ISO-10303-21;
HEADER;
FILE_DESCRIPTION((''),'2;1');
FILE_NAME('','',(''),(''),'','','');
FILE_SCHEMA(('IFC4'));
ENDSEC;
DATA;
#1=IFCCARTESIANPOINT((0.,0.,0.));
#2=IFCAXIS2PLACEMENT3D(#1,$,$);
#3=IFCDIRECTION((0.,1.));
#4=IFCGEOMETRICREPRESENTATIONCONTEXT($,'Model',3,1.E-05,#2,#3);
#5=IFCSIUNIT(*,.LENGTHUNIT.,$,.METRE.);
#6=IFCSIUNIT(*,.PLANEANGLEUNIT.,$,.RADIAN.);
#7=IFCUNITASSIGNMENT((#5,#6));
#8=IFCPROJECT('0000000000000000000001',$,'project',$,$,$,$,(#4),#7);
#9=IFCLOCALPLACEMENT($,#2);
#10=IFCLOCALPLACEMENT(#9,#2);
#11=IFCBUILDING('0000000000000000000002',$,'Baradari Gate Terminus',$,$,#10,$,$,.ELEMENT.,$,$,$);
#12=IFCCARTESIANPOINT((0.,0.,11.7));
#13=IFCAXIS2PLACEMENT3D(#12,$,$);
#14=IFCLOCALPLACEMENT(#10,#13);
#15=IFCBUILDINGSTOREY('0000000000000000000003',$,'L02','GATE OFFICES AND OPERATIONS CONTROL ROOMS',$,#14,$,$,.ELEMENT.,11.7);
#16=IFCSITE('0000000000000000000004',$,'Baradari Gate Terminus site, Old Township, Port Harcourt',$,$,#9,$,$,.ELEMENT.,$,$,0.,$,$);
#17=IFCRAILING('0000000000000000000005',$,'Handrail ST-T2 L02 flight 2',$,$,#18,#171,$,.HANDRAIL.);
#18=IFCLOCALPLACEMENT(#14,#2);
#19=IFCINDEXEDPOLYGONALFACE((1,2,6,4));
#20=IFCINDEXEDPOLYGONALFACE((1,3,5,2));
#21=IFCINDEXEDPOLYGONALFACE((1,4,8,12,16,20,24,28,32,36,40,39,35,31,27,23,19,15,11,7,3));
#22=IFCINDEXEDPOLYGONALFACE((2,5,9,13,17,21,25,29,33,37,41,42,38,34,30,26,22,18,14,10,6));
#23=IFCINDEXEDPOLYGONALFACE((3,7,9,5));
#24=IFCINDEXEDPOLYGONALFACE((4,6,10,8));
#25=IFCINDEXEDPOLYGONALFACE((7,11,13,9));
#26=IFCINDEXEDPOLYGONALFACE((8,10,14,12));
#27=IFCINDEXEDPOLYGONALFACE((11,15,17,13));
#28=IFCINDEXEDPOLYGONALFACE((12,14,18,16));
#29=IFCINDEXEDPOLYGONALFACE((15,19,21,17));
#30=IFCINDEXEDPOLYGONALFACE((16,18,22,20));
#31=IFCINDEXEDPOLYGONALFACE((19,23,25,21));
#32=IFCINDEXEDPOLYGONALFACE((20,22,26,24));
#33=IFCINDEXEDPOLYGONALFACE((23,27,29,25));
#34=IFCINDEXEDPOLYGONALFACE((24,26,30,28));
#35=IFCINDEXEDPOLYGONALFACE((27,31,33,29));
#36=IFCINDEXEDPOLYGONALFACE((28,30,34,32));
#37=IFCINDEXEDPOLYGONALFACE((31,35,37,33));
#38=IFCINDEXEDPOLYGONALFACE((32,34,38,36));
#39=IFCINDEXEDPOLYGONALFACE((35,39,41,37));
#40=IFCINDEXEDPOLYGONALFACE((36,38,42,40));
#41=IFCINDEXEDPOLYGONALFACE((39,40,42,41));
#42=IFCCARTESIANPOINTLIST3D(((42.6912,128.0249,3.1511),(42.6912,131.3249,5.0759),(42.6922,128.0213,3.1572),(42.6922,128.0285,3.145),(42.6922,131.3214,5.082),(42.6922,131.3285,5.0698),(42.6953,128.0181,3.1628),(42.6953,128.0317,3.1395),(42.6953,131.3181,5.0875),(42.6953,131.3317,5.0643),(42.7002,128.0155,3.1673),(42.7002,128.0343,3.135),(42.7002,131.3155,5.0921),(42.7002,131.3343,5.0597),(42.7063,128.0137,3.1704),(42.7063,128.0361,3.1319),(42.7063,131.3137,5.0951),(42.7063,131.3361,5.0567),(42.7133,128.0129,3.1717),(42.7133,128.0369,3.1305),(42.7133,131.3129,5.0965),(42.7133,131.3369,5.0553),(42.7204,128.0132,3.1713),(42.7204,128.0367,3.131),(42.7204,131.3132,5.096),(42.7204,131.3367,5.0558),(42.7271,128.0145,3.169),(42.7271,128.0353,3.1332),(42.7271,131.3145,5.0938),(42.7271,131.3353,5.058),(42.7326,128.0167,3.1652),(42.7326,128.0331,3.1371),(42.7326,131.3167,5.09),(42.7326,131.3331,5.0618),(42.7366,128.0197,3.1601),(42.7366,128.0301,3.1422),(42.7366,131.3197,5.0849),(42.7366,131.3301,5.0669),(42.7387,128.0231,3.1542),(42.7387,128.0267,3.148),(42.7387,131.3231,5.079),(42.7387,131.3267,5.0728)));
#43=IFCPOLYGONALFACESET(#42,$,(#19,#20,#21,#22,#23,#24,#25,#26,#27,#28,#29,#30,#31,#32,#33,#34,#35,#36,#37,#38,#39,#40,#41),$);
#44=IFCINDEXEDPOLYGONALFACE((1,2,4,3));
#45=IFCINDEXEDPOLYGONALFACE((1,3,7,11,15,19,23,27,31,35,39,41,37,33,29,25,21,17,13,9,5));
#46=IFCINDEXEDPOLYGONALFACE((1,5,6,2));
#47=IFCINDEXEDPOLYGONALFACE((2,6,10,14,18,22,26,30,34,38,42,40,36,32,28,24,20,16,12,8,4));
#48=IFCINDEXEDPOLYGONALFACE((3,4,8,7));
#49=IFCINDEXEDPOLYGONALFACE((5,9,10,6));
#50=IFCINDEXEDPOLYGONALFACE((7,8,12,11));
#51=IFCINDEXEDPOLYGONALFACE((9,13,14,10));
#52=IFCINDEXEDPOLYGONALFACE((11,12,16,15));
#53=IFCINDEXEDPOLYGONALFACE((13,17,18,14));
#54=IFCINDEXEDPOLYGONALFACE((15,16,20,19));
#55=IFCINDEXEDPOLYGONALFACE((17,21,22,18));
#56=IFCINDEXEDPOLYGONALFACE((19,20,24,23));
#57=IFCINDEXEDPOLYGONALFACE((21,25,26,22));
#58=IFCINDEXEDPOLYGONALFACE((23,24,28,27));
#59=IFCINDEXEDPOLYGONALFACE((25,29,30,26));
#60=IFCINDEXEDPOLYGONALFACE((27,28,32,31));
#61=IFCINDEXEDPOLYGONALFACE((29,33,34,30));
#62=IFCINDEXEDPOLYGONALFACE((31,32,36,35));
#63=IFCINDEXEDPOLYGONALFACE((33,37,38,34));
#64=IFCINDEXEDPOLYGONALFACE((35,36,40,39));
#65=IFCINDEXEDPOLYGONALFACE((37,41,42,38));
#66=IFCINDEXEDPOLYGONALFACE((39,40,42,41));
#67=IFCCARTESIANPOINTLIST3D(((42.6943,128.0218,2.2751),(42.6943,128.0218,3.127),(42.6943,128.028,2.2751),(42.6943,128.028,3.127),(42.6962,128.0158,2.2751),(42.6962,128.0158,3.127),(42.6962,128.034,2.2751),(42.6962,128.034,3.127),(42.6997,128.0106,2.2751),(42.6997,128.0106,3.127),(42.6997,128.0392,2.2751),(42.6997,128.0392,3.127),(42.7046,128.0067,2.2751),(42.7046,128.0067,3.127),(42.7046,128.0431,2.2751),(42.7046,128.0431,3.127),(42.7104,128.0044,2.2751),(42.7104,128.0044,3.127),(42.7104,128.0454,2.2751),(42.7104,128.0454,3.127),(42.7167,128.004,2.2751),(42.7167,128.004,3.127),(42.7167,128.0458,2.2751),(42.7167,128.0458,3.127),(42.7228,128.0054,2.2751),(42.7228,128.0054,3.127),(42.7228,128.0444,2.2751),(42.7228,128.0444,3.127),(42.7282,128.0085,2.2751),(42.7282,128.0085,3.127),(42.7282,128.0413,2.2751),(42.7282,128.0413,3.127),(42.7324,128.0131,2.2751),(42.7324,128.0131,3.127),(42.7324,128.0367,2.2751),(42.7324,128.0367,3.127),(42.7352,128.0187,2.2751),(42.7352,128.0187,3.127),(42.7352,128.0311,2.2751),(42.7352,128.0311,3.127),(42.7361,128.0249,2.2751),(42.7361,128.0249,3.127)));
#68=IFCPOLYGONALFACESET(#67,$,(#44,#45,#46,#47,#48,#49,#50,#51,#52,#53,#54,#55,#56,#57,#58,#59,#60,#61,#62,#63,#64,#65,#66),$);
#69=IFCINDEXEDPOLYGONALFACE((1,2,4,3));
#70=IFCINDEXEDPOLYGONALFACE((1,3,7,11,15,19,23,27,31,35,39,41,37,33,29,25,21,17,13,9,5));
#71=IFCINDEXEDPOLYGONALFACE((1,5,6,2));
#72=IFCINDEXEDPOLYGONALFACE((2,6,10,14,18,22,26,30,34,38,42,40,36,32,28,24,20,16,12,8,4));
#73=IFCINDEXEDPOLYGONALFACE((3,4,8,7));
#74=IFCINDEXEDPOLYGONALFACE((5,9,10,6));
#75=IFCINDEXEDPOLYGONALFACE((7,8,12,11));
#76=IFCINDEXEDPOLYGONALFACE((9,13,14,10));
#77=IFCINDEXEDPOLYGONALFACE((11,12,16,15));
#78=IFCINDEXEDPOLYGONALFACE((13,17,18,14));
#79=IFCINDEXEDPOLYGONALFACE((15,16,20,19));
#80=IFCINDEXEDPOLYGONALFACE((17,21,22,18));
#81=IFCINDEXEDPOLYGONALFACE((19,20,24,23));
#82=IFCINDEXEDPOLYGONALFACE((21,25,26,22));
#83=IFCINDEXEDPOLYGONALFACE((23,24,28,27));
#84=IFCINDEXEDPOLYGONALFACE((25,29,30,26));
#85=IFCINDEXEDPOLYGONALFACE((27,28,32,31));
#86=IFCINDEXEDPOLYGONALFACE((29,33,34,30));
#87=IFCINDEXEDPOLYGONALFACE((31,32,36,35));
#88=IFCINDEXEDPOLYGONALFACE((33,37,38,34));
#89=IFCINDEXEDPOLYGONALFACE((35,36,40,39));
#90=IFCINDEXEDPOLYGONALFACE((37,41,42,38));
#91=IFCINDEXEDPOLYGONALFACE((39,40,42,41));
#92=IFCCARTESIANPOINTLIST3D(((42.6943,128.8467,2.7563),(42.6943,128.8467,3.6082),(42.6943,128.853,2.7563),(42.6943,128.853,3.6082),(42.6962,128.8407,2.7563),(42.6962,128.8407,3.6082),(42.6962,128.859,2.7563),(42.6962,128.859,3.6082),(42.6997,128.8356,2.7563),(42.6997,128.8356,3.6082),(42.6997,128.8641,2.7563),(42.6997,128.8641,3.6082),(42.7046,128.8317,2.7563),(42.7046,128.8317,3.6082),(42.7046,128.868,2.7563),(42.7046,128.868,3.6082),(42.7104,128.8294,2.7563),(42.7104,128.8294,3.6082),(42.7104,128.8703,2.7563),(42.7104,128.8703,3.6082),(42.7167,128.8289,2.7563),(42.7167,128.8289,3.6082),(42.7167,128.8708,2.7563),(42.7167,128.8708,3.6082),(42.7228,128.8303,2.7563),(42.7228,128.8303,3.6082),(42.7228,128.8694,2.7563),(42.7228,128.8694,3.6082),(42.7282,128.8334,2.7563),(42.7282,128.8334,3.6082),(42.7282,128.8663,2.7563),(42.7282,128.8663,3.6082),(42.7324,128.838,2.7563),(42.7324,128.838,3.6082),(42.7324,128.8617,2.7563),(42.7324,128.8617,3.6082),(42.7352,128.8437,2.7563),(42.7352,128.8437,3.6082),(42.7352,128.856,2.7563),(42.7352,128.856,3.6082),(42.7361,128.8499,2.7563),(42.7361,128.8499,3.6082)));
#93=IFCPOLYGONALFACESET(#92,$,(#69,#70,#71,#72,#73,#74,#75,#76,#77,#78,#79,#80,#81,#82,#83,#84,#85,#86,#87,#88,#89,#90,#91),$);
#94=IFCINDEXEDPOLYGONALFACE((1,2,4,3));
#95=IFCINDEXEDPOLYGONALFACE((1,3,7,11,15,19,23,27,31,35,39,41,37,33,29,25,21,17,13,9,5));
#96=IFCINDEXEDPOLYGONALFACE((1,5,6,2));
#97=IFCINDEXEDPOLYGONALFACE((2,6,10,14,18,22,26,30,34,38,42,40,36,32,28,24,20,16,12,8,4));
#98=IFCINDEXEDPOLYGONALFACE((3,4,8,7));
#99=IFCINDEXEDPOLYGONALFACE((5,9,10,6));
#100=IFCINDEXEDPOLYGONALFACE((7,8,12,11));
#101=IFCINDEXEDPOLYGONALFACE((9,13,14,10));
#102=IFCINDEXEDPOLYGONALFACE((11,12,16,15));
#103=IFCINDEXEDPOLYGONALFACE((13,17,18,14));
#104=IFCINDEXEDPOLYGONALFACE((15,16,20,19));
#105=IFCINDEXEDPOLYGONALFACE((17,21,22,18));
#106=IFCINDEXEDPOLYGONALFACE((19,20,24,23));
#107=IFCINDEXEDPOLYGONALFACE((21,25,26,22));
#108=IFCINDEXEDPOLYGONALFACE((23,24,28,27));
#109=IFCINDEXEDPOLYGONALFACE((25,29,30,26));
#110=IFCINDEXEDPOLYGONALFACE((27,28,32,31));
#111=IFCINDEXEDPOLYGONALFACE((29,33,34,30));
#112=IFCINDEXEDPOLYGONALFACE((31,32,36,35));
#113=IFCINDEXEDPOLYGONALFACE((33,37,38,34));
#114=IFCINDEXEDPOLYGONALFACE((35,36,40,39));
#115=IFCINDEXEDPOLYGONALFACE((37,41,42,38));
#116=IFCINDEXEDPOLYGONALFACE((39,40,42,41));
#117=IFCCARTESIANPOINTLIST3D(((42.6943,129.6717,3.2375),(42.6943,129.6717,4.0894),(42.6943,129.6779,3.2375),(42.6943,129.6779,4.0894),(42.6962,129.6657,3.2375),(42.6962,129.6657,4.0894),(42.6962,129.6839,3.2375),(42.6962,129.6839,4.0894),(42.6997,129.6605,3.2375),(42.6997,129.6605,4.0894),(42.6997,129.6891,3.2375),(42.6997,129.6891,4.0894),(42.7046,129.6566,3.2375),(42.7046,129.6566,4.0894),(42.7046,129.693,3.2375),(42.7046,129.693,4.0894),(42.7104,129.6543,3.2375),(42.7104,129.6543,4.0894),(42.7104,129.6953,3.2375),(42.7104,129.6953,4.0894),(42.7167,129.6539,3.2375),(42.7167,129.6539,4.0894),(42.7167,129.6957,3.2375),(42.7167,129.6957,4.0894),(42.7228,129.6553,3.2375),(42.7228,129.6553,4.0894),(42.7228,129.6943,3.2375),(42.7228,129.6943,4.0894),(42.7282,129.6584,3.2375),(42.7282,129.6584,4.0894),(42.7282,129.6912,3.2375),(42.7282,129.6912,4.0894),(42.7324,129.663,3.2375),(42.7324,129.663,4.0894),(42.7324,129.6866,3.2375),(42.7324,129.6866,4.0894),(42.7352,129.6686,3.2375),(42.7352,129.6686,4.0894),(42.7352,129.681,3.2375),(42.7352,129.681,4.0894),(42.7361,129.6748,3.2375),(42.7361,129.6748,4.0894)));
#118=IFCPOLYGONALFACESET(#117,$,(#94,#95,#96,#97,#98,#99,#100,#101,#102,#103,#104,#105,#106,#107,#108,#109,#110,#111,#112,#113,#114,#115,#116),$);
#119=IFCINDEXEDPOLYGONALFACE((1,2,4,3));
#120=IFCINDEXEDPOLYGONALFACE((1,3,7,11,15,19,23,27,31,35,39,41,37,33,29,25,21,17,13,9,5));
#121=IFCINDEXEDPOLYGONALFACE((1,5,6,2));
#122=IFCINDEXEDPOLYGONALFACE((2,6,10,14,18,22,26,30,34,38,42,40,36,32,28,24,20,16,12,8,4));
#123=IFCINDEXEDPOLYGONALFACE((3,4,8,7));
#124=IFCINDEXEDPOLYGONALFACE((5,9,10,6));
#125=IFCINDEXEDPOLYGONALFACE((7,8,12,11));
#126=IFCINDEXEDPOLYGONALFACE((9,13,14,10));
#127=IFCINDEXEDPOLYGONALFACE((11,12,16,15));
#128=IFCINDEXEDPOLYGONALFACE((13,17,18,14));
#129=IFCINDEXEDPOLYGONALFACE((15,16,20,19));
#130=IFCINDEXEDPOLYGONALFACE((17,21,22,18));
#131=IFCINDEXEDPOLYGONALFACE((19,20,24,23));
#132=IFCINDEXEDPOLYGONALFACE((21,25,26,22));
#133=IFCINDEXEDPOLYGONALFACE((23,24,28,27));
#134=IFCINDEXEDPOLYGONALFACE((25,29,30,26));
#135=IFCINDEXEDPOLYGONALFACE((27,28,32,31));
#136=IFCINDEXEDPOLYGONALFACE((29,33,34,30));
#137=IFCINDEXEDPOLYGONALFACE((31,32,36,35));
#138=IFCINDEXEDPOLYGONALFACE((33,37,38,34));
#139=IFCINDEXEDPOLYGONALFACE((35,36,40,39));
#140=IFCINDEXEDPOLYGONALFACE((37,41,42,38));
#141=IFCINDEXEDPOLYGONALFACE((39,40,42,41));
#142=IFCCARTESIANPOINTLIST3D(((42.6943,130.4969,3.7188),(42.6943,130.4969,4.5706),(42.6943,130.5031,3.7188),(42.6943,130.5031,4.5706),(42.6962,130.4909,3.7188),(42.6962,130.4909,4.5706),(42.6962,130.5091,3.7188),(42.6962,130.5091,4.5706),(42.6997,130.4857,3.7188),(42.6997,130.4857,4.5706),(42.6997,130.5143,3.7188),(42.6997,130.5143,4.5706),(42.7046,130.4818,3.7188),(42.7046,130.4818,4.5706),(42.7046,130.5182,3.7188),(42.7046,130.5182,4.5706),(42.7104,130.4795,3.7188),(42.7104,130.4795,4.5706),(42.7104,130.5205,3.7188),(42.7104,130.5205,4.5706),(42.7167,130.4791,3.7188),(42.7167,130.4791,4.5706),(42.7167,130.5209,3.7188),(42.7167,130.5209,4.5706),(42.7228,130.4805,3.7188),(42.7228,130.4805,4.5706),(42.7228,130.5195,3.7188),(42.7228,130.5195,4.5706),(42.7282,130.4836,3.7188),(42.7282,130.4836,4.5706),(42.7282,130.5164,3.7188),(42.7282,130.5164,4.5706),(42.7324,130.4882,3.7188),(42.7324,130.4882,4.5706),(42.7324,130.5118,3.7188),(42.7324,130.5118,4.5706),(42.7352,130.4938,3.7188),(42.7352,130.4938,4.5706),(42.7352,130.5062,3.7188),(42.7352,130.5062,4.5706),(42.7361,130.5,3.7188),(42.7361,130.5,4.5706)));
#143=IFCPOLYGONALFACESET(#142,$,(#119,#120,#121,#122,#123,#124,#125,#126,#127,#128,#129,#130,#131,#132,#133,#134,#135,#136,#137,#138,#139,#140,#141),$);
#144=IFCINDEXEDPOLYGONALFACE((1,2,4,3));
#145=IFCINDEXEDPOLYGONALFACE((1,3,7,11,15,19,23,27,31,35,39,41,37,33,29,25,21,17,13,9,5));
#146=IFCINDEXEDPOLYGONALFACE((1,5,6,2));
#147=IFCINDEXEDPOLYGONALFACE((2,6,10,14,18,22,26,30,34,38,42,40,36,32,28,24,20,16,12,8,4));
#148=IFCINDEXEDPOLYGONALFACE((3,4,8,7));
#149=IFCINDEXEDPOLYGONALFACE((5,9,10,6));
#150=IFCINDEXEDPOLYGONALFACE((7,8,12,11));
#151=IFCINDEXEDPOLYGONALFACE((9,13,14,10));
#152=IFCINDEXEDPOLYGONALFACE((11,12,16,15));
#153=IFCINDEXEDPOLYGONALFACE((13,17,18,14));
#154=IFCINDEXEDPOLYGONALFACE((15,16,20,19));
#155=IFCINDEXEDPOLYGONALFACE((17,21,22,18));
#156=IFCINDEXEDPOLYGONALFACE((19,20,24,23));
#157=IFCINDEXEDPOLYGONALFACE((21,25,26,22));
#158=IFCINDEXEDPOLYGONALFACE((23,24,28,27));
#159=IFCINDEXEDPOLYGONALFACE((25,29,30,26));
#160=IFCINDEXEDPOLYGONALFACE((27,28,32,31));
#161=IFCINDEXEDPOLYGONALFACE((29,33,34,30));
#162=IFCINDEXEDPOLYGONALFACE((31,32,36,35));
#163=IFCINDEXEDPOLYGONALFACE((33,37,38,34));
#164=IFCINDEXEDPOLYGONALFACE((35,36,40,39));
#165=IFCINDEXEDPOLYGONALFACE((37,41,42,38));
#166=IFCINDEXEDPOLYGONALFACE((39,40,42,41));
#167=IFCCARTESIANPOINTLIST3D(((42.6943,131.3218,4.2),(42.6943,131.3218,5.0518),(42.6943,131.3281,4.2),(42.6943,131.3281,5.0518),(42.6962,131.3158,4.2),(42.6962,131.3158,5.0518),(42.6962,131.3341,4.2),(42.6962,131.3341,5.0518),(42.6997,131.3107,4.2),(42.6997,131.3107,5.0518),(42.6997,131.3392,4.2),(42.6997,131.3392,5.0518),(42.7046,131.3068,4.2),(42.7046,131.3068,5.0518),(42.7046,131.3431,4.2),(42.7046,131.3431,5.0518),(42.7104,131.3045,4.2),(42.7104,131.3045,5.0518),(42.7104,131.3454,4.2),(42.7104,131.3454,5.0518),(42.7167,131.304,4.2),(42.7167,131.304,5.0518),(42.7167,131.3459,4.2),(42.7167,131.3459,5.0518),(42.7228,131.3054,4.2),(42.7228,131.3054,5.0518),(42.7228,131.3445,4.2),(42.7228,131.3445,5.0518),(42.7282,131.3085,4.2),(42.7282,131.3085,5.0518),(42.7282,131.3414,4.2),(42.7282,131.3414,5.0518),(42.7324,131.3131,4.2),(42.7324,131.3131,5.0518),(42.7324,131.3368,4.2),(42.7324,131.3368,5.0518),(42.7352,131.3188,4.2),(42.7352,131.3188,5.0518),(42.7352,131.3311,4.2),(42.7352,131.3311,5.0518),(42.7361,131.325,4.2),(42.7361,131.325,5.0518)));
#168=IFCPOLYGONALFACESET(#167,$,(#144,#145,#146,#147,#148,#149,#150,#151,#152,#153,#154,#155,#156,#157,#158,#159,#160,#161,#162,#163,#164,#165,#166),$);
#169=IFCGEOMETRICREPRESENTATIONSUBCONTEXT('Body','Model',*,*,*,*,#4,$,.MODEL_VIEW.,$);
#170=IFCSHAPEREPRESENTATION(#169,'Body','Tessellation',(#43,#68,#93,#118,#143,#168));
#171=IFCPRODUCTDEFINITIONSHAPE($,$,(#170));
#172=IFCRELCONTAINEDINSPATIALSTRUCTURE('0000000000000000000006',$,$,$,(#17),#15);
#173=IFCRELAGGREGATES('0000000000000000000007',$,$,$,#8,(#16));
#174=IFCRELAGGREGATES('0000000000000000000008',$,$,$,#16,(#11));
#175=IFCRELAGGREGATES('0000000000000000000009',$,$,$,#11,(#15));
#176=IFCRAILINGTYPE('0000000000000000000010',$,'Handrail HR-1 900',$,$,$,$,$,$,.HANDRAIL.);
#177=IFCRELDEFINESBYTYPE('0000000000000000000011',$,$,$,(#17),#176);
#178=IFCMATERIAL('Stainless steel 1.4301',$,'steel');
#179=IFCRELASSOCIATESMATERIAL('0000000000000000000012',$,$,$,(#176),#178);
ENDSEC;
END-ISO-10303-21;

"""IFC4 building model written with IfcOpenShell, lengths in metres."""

from ifc_helpers import new_model, si_unit, direction, frame, origin, origin_2d, place, context, subcontext, project, spatial, circle, extrude, material, type_object, element, save


model = new_model("IFC4")

# Units and contexts
model_context = context("Model", 3, precision=1e-05, world=origin(), true_north=direction((0.0, 1.0)))
body_context = subcontext(model_context, "Body", "Model", "MODEL_VIEW")
ifc_project = project(units=[si_unit("LENGTHUNIT", "METRE"), si_unit("PLANEANGLEUNIT", "RADIAN")], contexts=[model_context])

# Site, building, storey
site_placement = place(None, origin())
site = spatial("IfcSite", under=ifc_project, at=site_placement, Name="Baradari Gate Terminus site, Old Township, Port Harcourt", CompositionType="ELEMENT", RefElevation=0.0)
building_placement = place(site_placement, origin())
building = spatial("IfcBuilding", under=site, at=building_placement, Name="Baradari Gate Terminus", CompositionType="ELEMENT")
storey_placement = place(building_placement, frame((0.0, 0.0, 11.7)))
storey = spatial("IfcBuildingStorey", under=building, at=storey_placement, Name="L02", Description="GATE OFFICES AND OPERATIONS CONTROL ROOMS", CompositionType="ELEMENT", Elevation=11.7)

# Railing
ifc_material_1 = material(Name="Stainless steel 1.4301", Category="steel")
railing_type = type_object("IfcRailingType", Name="Handrail HR-1 900", PredefinedType="HANDRAIL", material=ifc_material_1)
for number, where, name in (
    (1, (42.7151, 128.0249, 2.2751), "Handrail ST-T2 L02 flight 2"),
):
    element("IfcRailing", number, at=place(storey_placement, frame(where)), inside=storey, type_object=railing_type, Name=name, PredefinedType="HANDRAIL", context=body_context, shape_type="SweptSolid", body=[
        extrude(circle(Radius=0.0239, at=origin_2d()), frame((0.0, 0.0, 0.876), z_axis=(0.0, 0.863804, 0.503827), x_axis=(-1.0, 0.0, 0.0)), (0.0, 0.0, 1.0), 3.8203),
        extrude(circle(Radius=0.021, at=origin_2d()), origin(), (0.0, 0.0, 1.0), 0.8518),
        extrude(circle(Radius=0.021, at=origin_2d()), frame((0.0, 0.825, 0.4812)), (0.0, 0.0, 1.0), 0.8518),
        extrude(circle(Radius=0.021, at=origin_2d()), frame((0.0, 1.6499, 0.9624)), (0.0, 0.0, 1.0), 0.8518),
        extrude(circle(Radius=0.021, at=origin_2d()), frame((0.0, 2.4751, 1.4436)), (0.0, 0.0, 1.0), 0.8518),
        extrude(circle(Radius=0.021, at=origin_2d()), frame((0.0, 3.3, 1.9248)), (0.0, 0.0, 1.0), 0.8518),
    ])

save(model, "model.ifc")
